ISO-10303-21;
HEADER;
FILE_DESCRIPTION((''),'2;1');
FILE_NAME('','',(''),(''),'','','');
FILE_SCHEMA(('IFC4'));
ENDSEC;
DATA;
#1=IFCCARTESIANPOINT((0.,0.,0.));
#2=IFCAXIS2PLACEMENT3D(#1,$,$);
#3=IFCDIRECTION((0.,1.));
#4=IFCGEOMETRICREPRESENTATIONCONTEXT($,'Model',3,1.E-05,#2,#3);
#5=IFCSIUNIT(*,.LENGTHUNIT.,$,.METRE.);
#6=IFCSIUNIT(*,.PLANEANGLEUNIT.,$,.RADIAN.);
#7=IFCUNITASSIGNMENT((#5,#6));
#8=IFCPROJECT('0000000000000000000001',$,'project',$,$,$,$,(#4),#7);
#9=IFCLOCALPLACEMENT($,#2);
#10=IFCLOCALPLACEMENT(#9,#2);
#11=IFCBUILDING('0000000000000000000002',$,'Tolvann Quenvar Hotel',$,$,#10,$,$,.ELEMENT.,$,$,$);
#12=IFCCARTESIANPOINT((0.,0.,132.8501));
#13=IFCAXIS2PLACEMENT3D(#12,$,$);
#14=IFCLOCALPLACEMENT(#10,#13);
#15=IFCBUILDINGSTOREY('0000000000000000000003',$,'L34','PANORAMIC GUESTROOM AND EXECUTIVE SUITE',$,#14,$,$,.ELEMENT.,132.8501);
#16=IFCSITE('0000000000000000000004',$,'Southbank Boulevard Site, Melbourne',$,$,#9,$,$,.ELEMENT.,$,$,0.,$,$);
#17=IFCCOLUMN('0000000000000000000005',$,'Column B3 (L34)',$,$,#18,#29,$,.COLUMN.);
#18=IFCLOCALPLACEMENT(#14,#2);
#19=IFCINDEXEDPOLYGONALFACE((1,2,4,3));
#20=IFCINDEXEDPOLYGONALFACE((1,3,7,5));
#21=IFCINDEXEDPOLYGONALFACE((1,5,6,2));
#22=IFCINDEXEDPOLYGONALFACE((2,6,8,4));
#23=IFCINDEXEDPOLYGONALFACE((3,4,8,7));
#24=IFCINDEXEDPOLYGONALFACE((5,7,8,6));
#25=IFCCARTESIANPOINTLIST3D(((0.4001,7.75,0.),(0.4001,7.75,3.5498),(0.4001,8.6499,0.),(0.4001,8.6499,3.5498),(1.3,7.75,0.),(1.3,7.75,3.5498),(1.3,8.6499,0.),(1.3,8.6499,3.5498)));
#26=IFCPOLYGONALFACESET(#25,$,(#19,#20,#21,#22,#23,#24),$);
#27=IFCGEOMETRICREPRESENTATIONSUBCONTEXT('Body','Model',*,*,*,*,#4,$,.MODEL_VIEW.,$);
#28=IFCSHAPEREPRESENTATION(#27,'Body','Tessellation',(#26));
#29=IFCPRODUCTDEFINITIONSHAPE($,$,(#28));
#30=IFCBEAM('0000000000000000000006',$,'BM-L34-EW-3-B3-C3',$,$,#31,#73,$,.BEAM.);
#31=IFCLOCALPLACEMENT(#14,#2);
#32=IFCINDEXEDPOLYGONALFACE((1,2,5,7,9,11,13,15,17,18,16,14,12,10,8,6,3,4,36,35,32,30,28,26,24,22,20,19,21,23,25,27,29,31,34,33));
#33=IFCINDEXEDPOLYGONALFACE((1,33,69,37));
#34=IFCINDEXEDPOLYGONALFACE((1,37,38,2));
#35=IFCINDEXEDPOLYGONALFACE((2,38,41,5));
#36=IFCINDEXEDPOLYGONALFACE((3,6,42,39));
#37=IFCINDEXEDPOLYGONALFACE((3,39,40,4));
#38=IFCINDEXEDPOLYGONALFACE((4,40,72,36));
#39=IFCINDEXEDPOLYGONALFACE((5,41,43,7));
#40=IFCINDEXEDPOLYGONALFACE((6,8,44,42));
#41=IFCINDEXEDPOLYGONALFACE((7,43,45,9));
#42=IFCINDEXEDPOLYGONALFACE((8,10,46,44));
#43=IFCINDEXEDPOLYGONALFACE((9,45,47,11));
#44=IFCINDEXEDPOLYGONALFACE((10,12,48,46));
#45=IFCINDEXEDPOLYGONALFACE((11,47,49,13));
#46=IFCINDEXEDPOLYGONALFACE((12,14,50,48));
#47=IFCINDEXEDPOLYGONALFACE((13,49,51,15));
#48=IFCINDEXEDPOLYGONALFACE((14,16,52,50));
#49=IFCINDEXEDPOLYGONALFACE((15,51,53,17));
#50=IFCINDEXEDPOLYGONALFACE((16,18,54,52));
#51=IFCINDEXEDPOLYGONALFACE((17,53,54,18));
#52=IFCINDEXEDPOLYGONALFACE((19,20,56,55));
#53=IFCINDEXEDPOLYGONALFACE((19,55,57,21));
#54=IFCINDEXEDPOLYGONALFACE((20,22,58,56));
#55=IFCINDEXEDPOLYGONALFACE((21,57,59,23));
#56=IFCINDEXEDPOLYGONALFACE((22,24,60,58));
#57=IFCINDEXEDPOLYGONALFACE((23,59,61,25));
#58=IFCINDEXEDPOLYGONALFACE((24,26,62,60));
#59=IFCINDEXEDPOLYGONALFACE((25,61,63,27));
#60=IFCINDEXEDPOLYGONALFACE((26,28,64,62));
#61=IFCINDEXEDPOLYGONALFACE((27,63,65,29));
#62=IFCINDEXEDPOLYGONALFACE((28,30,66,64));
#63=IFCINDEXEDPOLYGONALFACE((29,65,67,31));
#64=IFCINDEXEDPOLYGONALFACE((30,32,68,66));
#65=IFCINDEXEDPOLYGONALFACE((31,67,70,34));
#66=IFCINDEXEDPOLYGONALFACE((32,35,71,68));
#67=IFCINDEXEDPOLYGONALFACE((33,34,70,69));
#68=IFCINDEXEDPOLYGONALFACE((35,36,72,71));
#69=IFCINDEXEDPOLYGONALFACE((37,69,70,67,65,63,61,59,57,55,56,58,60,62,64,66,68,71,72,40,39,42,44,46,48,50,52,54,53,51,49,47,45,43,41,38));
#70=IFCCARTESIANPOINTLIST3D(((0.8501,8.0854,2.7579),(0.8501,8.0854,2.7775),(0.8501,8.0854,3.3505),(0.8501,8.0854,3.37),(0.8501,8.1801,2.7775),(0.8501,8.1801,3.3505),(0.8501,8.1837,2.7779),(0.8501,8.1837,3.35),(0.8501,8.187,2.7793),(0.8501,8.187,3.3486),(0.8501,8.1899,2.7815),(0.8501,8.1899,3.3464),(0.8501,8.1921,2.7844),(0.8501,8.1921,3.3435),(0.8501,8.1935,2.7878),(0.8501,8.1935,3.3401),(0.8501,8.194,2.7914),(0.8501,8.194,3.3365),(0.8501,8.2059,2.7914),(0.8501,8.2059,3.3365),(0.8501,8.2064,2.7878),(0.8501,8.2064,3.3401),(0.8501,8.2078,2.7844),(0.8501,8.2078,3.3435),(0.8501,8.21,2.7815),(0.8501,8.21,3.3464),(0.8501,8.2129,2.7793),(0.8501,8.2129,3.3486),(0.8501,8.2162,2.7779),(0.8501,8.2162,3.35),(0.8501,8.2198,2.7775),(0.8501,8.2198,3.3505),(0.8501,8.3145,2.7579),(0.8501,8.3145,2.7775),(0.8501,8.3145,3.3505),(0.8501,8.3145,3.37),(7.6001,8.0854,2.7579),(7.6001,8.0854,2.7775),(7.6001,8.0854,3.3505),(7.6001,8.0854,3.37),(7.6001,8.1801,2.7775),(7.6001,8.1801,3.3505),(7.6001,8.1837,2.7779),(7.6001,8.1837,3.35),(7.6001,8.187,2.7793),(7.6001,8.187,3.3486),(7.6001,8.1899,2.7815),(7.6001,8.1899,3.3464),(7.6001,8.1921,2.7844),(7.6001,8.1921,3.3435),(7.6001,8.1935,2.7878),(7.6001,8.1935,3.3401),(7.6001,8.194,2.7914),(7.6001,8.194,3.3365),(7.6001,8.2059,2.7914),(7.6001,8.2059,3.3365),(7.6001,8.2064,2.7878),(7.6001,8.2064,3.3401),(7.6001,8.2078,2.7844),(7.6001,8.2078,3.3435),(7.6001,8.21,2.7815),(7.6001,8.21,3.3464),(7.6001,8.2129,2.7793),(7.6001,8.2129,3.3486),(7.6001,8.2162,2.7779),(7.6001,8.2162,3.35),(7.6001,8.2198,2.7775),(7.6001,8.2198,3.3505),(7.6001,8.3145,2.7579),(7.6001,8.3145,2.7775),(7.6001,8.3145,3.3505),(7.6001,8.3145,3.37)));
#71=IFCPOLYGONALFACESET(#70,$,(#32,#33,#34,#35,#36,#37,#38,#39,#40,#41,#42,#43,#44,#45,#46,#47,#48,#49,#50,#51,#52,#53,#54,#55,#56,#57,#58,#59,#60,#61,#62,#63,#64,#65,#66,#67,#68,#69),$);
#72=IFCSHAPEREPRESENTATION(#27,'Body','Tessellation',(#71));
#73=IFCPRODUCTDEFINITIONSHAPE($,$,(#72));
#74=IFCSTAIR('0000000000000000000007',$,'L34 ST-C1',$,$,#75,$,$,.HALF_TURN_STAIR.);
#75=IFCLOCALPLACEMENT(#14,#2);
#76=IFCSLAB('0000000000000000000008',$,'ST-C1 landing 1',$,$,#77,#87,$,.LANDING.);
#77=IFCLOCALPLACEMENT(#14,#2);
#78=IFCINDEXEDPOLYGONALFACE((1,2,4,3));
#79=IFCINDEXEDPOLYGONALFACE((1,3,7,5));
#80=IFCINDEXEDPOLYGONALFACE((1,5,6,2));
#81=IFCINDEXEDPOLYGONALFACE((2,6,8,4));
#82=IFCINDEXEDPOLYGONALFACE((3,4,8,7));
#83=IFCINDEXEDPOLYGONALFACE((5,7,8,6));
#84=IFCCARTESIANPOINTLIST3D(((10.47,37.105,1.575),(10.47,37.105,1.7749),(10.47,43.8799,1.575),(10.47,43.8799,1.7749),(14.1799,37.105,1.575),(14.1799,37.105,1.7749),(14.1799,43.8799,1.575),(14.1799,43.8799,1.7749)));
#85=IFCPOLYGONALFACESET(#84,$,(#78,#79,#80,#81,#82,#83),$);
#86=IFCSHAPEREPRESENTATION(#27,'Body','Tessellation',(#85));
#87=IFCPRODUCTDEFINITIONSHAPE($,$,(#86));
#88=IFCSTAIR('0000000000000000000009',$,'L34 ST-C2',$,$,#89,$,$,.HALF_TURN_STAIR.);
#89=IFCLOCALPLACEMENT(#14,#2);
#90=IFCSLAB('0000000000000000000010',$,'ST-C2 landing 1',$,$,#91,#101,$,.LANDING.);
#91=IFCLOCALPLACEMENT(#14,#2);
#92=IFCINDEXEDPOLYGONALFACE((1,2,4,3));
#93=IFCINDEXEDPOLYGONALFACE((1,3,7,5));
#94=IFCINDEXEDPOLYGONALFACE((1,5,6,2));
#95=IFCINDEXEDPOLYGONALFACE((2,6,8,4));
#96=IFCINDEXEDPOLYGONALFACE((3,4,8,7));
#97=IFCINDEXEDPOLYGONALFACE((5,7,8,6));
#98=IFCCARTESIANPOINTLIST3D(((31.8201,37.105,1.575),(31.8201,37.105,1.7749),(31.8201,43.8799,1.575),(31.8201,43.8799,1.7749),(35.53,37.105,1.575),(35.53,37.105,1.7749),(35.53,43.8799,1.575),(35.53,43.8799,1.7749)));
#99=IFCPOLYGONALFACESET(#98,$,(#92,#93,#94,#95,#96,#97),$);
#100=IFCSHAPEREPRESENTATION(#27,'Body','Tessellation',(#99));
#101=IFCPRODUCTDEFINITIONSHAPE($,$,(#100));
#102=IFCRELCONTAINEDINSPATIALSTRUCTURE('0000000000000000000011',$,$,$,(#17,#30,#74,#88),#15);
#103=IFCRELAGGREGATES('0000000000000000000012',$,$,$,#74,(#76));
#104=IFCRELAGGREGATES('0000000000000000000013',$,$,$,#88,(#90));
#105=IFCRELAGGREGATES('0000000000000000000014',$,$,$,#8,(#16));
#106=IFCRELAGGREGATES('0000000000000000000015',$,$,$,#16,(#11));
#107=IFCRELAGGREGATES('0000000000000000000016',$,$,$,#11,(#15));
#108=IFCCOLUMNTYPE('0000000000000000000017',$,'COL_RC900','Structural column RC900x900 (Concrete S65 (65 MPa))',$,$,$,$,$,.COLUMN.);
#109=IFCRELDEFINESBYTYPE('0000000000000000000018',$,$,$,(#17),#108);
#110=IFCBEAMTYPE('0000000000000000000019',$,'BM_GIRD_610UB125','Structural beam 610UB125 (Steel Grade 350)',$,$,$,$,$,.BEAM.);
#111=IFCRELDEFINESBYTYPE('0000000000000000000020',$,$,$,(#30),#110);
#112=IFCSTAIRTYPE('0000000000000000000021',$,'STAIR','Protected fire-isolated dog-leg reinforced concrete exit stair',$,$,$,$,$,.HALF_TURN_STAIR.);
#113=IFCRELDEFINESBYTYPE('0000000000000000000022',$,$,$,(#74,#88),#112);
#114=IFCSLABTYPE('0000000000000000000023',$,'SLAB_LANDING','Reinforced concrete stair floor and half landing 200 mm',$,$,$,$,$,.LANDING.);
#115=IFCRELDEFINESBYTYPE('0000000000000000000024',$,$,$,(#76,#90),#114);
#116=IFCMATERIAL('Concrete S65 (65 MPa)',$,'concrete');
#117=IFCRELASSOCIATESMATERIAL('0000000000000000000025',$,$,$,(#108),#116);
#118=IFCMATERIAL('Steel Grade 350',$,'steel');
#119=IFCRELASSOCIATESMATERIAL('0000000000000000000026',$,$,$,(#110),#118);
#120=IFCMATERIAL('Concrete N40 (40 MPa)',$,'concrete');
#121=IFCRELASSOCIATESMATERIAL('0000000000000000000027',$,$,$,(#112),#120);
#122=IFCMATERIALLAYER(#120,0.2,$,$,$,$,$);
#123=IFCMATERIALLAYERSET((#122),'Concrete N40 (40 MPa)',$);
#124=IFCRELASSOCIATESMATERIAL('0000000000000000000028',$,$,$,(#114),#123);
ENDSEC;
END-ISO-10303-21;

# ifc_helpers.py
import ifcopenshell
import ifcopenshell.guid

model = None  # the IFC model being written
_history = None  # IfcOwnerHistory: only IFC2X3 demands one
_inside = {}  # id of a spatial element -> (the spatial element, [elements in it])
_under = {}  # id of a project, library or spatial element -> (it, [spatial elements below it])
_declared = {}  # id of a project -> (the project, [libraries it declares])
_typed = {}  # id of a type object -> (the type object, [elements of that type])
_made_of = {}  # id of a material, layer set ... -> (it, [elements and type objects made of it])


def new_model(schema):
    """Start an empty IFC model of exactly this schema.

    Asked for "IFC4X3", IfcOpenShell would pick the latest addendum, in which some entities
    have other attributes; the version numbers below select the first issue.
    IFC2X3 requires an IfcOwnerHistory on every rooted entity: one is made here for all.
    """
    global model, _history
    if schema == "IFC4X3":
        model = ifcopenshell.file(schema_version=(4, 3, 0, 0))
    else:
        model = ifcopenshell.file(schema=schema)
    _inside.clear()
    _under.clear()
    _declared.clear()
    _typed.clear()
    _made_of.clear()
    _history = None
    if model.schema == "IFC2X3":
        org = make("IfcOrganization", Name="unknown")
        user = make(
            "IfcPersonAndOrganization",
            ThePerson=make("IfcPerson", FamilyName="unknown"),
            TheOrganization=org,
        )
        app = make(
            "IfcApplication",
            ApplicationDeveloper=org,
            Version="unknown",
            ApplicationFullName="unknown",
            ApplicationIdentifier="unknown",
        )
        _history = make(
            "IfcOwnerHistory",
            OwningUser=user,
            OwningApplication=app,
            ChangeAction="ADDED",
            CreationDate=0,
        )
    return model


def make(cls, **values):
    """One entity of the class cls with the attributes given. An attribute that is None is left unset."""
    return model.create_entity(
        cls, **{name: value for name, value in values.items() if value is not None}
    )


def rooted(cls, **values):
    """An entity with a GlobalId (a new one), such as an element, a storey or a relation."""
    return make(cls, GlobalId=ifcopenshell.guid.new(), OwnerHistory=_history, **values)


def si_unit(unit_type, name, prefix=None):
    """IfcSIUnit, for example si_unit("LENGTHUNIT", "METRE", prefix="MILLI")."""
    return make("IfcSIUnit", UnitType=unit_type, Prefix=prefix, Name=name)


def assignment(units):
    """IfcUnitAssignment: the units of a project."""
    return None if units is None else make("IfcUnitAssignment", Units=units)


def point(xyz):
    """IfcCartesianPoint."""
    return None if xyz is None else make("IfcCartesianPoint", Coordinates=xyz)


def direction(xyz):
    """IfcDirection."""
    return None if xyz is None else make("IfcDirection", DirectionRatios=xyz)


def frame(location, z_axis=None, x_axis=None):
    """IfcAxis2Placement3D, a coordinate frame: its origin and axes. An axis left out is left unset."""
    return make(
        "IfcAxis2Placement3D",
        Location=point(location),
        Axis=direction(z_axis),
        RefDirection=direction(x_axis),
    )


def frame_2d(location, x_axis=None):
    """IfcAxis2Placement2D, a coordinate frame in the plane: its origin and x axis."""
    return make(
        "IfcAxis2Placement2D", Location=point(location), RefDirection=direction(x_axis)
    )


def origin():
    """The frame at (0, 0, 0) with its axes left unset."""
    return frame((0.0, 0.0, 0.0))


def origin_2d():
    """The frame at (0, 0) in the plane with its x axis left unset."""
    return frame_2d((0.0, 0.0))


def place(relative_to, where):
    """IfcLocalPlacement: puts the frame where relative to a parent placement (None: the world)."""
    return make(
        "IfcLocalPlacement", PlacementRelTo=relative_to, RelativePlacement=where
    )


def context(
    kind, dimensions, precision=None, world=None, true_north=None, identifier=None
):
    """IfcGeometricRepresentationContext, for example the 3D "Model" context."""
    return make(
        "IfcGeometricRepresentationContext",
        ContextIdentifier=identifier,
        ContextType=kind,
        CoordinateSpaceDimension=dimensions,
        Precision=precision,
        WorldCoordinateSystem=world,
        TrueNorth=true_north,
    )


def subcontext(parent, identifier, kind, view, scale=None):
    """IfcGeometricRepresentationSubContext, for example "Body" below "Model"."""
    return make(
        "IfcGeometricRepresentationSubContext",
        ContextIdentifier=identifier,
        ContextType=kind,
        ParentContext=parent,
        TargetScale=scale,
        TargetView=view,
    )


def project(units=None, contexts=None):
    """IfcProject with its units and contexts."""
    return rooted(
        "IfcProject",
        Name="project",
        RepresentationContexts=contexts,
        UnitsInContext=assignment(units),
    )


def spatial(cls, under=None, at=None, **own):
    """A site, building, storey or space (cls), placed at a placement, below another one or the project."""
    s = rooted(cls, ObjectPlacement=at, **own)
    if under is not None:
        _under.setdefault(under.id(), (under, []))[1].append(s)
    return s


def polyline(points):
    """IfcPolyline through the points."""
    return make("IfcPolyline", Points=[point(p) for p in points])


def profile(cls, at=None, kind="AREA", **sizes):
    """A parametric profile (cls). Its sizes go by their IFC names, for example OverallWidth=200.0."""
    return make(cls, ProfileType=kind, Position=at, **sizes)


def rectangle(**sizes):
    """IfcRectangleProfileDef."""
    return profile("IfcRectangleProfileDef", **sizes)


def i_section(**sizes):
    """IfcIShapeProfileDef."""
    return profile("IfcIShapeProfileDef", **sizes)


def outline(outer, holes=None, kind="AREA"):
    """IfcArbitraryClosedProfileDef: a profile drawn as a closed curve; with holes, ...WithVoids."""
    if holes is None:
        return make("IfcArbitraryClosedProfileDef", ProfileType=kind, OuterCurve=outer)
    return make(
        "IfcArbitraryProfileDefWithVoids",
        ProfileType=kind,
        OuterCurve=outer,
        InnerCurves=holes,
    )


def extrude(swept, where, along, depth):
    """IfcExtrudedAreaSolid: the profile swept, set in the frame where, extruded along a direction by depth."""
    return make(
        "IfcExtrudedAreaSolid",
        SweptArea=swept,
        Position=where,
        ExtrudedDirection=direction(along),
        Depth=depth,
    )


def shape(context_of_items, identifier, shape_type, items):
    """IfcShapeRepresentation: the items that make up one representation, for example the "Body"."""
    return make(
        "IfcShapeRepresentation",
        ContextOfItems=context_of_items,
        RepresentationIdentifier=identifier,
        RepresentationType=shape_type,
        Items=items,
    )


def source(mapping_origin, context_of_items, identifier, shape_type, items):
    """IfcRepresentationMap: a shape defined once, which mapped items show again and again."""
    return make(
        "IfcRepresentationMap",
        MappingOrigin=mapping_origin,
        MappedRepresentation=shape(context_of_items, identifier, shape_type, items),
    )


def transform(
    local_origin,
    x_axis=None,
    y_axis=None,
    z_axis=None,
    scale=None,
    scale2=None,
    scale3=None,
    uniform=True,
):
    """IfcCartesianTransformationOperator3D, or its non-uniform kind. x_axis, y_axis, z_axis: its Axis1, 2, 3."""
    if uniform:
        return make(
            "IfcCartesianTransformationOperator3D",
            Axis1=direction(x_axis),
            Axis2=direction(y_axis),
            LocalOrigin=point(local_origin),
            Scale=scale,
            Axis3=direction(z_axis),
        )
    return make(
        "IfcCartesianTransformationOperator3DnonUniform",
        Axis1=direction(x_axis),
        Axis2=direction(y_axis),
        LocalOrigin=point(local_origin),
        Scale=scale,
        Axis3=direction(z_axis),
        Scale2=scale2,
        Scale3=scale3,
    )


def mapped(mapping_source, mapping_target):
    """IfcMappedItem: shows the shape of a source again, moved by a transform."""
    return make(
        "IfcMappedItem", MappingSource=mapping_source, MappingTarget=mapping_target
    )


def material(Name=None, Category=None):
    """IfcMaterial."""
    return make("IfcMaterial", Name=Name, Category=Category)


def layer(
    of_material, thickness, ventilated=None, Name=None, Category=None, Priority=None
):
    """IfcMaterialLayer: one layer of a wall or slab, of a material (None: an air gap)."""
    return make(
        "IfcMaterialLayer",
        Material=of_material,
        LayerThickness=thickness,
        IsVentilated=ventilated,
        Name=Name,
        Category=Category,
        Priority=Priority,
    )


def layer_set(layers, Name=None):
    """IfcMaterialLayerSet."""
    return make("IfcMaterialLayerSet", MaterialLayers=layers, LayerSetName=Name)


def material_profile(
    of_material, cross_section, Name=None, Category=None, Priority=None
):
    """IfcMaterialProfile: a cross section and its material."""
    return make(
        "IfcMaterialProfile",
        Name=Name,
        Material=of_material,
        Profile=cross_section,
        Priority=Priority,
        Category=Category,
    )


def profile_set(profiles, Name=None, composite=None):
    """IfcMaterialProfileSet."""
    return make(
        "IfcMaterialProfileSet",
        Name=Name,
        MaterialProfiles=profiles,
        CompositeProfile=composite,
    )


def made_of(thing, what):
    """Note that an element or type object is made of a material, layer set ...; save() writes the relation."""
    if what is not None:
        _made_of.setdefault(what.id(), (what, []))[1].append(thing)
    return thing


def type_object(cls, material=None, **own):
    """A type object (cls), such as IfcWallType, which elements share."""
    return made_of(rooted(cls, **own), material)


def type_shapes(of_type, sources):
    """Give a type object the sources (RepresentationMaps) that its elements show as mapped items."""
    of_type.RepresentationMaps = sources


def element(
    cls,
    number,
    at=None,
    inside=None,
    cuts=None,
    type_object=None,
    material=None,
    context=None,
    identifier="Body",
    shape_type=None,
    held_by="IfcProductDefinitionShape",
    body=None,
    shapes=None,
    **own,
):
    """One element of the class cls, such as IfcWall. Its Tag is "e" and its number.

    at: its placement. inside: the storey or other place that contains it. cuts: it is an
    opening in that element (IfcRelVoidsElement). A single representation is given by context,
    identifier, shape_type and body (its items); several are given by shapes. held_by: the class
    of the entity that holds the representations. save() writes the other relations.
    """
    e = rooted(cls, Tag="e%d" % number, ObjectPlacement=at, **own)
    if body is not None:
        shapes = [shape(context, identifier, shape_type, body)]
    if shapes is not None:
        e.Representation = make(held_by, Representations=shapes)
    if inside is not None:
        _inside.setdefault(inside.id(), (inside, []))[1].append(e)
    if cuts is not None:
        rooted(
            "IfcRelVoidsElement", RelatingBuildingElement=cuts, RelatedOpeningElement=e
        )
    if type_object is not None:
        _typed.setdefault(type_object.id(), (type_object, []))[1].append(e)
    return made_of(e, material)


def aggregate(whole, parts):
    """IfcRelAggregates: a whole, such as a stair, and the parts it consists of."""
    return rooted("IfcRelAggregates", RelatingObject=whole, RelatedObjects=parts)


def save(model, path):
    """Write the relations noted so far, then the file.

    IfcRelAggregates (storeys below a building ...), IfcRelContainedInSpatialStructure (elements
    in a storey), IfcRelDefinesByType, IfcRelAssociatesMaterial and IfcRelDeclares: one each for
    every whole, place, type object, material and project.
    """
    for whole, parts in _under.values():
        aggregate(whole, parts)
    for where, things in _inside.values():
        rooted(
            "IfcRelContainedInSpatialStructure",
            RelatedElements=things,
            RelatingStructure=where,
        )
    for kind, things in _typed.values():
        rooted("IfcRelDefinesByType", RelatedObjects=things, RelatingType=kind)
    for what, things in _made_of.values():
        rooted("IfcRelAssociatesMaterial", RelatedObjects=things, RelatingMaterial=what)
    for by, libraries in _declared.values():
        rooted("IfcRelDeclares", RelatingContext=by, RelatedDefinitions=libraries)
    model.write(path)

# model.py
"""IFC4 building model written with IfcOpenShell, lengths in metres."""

from ifc_helpers import new_model, si_unit, direction, frame, origin, origin_2d, place, context, subcontext, project, spatial, polyline, rectangle, i_section, outline, extrude, source, transform, mapped, material, layer, layer_set, material_profile, profile_set, type_object, type_shapes, element, aggregate, save


model = new_model("IFC4")

# Units and contexts
model_context = context("Model", 3, precision=1e-05, world=origin(), true_north=direction((0.0, 1.0)))
body_context = subcontext(model_context, "Body", "Model", "MODEL_VIEW")
ifc_project = project(units=[si_unit("LENGTHUNIT", "METRE"), si_unit("PLANEANGLEUNIT", "RADIAN")], contexts=[model_context])

# Site, building, storey
site_placement = place(None, origin())
site = spatial("IfcSite", under=ifc_project, at=site_placement, Name="Southbank Boulevard Site, Melbourne", CompositionType="ELEMENT", RefElevation=0.0)
building_placement = place(site_placement, origin())
building = spatial("IfcBuilding", under=site, at=building_placement, Name="Tolvann Quenvar Hotel", CompositionType="ELEMENT")
storey_placement = place(building_placement, frame((0.0, 0.0, 132.8501)))
storey = spatial("IfcBuildingStorey", under=building, at=storey_placement, Name="L34", Description="PANORAMIC GUESTROOM AND EXECUTIVE SUITE", CompositionType="ELEMENT", Elevation=132.8501)

# Column
ifc_material_1 = material(Name="Concrete S65 (65 MPa)", Category="concrete")
ifc_material_profile_1 = material_profile(ifc_material_1, rectangle(XDim=0.8999, YDim=0.8999, at=origin_2d()), Name="RC900x900")
ifc_profile_set_1 = profile_set([ifc_material_profile_1], Name="Concrete S65 (65 MPa)")
column_type = type_object("IfcColumnType", Name="COL_RC900", Description="Structural column RC900x900 (Concrete S65 (65 MPa))", PredefinedType="COLUMN", material=ifc_profile_set_1)
shared_shape_1 = source(origin(), body_context, "Body", "SweptSolid", [
    extrude(rectangle(XDim=0.8999, YDim=0.8999, at=origin_2d()), origin(), (0.0, 0.0, 1.0), 3.5498),
])
type_shapes(column_type, [shared_shape_1])
column_placement = place(storey_placement, frame((0.8501, 8.2, 0.0), z_axis=(0.0, 0.0, 1.0), x_axis=(1.0, 0.0, 0.0)))
element("IfcColumn", 1, at=column_placement, inside=storey, type_object=column_type, Name="Column B3 (L34)", PredefinedType="COLUMN", context=body_context, shape_type="MappedRepresentation", body=[
    mapped(shared_shape_1, transform((0.0, 0.0, 0.0), x_axis=(1.0, 0.0, 0.0), y_axis=(0.0, 1.0, 0.0), z_axis=(0.0, 0.0, 1.0), scale=1.0)),
])

# Beam
ifc_material_2 = material(Name="Steel Grade 350", Category="steel")
ifc_material_profile_2 = material_profile(ifc_material_2, i_section(OverallWidth=0.229, OverallDepth=0.6121, WebThickness=0.012, FlangeThickness=0.0195, FilletRadius=0.0139, at=origin_2d()), Name="610UB125")
ifc_profile_set_2 = profile_set([ifc_material_profile_2], Name="Steel Grade 350")
beam_type = type_object("IfcBeamType", Name="BM_GIRD_610UB125", Description="Structural beam 610UB125 (Steel Grade 350)", PredefinedType="BEAM", material=ifc_profile_set_2)
shared_shape_2 = source(origin(), body_context, "Body", "SweptSolid", [
    extrude(i_section(OverallWidth=0.229, OverallDepth=0.6121, WebThickness=0.012, FlangeThickness=0.0195, FilletRadius=0.0139, at=origin_2d()), origin(), (0.0, 0.0, 1.0), 6.75),
])
type_shapes(beam_type, [shared_shape_2])
beam_placement = place(storey_placement, frame((0.8501, 8.2, 3.064), z_axis=(1.0, 0.0, 0.0), x_axis=(0.0, 1.0, 0.0)))
element("IfcBeam", 2, at=beam_placement, inside=storey, type_object=beam_type, Name="BM-L34-EW-3-B3-C3", PredefinedType="BEAM", context=body_context, shape_type="MappedRepresentation", body=[
    mapped(shared_shape_2, transform((0.0, 0.0, 0.0), x_axis=(1.0, 0.0, 0.0), y_axis=(0.0, 1.0, 0.0), z_axis=(0.0, 0.0, 1.0), scale=1.0)),
])

# Stairs, slabs
ifc_material_3 = material(Name="Concrete N40 (40 MPa)", Category="concrete")
stair_type = type_object("IfcStairType", Name="STAIR", Description="Protected fire-isolated dog-leg reinforced concrete exit stair", PredefinedType="HALF_TURN_STAIR", material=ifc_material_3)
stair_1_placement = place(storey_placement, origin())
stair_1 = element("IfcStair", 3, at=stair_1_placement, inside=storey, type_object=stair_type, Name="L34 ST-C1", PredefinedType="HALF_TURN_STAIR")
ifc_layer_1 = layer(ifc_material_3, 0.2)
ifc_layer_set_1 = layer_set([ifc_layer_1], Name="Concrete N40 (40 MPa)")
slab_type_1 = type_object("IfcSlabType", Name="SLAB_LANDING", Description="Reinforced concrete stair floor and half landing 200 mm", PredefinedType="LANDING", material=ifc_layer_set_1)
slab_1_placement = place(storey_placement, frame((0.0, 0.0, 1.575)))
slab_1 = element("IfcSlab", 4, at=slab_1_placement, type_object=slab_type_1, Name="ST-C1 landing 1", PredefinedType="LANDING", context=body_context, shape_type="SweptSolid", body=[
    extrude(outline(polyline([(14.1799, 37.105), (14.1799, 43.8799), (10.47, 43.8799), (10.47, 37.105), (14.1799, 37.105)])), origin(), (0.0, 0.0, 1.0), 0.2),
])
aggregate(stair_1, [slab_1])
stair_2_placement = place(storey_placement, origin())
stair_2 = element("IfcStair", 5, at=stair_2_placement, inside=storey, type_object=stair_type, Name="L34 ST-C2", PredefinedType="HALF_TURN_STAIR")
slab_2_placement = place(storey_placement, frame((0.0, 0.0, 1.575)))
slab_2 = element("IfcSlab", 6, at=slab_2_placement, type_object=slab_type_1, Name="ST-C2 landing 1", PredefinedType="LANDING", context=body_context, shape_type="SweptSolid", body=[
    extrude(outline(polyline([(35.53, 37.105), (35.53, 43.8799), (31.8201, 43.8799), (31.8201, 37.105), (35.53, 37.105)])), origin(), (0.0, 0.0, 1.0), 0.2),
])
aggregate(stair_2, [slab_2])

save(model, "model.ifc")
